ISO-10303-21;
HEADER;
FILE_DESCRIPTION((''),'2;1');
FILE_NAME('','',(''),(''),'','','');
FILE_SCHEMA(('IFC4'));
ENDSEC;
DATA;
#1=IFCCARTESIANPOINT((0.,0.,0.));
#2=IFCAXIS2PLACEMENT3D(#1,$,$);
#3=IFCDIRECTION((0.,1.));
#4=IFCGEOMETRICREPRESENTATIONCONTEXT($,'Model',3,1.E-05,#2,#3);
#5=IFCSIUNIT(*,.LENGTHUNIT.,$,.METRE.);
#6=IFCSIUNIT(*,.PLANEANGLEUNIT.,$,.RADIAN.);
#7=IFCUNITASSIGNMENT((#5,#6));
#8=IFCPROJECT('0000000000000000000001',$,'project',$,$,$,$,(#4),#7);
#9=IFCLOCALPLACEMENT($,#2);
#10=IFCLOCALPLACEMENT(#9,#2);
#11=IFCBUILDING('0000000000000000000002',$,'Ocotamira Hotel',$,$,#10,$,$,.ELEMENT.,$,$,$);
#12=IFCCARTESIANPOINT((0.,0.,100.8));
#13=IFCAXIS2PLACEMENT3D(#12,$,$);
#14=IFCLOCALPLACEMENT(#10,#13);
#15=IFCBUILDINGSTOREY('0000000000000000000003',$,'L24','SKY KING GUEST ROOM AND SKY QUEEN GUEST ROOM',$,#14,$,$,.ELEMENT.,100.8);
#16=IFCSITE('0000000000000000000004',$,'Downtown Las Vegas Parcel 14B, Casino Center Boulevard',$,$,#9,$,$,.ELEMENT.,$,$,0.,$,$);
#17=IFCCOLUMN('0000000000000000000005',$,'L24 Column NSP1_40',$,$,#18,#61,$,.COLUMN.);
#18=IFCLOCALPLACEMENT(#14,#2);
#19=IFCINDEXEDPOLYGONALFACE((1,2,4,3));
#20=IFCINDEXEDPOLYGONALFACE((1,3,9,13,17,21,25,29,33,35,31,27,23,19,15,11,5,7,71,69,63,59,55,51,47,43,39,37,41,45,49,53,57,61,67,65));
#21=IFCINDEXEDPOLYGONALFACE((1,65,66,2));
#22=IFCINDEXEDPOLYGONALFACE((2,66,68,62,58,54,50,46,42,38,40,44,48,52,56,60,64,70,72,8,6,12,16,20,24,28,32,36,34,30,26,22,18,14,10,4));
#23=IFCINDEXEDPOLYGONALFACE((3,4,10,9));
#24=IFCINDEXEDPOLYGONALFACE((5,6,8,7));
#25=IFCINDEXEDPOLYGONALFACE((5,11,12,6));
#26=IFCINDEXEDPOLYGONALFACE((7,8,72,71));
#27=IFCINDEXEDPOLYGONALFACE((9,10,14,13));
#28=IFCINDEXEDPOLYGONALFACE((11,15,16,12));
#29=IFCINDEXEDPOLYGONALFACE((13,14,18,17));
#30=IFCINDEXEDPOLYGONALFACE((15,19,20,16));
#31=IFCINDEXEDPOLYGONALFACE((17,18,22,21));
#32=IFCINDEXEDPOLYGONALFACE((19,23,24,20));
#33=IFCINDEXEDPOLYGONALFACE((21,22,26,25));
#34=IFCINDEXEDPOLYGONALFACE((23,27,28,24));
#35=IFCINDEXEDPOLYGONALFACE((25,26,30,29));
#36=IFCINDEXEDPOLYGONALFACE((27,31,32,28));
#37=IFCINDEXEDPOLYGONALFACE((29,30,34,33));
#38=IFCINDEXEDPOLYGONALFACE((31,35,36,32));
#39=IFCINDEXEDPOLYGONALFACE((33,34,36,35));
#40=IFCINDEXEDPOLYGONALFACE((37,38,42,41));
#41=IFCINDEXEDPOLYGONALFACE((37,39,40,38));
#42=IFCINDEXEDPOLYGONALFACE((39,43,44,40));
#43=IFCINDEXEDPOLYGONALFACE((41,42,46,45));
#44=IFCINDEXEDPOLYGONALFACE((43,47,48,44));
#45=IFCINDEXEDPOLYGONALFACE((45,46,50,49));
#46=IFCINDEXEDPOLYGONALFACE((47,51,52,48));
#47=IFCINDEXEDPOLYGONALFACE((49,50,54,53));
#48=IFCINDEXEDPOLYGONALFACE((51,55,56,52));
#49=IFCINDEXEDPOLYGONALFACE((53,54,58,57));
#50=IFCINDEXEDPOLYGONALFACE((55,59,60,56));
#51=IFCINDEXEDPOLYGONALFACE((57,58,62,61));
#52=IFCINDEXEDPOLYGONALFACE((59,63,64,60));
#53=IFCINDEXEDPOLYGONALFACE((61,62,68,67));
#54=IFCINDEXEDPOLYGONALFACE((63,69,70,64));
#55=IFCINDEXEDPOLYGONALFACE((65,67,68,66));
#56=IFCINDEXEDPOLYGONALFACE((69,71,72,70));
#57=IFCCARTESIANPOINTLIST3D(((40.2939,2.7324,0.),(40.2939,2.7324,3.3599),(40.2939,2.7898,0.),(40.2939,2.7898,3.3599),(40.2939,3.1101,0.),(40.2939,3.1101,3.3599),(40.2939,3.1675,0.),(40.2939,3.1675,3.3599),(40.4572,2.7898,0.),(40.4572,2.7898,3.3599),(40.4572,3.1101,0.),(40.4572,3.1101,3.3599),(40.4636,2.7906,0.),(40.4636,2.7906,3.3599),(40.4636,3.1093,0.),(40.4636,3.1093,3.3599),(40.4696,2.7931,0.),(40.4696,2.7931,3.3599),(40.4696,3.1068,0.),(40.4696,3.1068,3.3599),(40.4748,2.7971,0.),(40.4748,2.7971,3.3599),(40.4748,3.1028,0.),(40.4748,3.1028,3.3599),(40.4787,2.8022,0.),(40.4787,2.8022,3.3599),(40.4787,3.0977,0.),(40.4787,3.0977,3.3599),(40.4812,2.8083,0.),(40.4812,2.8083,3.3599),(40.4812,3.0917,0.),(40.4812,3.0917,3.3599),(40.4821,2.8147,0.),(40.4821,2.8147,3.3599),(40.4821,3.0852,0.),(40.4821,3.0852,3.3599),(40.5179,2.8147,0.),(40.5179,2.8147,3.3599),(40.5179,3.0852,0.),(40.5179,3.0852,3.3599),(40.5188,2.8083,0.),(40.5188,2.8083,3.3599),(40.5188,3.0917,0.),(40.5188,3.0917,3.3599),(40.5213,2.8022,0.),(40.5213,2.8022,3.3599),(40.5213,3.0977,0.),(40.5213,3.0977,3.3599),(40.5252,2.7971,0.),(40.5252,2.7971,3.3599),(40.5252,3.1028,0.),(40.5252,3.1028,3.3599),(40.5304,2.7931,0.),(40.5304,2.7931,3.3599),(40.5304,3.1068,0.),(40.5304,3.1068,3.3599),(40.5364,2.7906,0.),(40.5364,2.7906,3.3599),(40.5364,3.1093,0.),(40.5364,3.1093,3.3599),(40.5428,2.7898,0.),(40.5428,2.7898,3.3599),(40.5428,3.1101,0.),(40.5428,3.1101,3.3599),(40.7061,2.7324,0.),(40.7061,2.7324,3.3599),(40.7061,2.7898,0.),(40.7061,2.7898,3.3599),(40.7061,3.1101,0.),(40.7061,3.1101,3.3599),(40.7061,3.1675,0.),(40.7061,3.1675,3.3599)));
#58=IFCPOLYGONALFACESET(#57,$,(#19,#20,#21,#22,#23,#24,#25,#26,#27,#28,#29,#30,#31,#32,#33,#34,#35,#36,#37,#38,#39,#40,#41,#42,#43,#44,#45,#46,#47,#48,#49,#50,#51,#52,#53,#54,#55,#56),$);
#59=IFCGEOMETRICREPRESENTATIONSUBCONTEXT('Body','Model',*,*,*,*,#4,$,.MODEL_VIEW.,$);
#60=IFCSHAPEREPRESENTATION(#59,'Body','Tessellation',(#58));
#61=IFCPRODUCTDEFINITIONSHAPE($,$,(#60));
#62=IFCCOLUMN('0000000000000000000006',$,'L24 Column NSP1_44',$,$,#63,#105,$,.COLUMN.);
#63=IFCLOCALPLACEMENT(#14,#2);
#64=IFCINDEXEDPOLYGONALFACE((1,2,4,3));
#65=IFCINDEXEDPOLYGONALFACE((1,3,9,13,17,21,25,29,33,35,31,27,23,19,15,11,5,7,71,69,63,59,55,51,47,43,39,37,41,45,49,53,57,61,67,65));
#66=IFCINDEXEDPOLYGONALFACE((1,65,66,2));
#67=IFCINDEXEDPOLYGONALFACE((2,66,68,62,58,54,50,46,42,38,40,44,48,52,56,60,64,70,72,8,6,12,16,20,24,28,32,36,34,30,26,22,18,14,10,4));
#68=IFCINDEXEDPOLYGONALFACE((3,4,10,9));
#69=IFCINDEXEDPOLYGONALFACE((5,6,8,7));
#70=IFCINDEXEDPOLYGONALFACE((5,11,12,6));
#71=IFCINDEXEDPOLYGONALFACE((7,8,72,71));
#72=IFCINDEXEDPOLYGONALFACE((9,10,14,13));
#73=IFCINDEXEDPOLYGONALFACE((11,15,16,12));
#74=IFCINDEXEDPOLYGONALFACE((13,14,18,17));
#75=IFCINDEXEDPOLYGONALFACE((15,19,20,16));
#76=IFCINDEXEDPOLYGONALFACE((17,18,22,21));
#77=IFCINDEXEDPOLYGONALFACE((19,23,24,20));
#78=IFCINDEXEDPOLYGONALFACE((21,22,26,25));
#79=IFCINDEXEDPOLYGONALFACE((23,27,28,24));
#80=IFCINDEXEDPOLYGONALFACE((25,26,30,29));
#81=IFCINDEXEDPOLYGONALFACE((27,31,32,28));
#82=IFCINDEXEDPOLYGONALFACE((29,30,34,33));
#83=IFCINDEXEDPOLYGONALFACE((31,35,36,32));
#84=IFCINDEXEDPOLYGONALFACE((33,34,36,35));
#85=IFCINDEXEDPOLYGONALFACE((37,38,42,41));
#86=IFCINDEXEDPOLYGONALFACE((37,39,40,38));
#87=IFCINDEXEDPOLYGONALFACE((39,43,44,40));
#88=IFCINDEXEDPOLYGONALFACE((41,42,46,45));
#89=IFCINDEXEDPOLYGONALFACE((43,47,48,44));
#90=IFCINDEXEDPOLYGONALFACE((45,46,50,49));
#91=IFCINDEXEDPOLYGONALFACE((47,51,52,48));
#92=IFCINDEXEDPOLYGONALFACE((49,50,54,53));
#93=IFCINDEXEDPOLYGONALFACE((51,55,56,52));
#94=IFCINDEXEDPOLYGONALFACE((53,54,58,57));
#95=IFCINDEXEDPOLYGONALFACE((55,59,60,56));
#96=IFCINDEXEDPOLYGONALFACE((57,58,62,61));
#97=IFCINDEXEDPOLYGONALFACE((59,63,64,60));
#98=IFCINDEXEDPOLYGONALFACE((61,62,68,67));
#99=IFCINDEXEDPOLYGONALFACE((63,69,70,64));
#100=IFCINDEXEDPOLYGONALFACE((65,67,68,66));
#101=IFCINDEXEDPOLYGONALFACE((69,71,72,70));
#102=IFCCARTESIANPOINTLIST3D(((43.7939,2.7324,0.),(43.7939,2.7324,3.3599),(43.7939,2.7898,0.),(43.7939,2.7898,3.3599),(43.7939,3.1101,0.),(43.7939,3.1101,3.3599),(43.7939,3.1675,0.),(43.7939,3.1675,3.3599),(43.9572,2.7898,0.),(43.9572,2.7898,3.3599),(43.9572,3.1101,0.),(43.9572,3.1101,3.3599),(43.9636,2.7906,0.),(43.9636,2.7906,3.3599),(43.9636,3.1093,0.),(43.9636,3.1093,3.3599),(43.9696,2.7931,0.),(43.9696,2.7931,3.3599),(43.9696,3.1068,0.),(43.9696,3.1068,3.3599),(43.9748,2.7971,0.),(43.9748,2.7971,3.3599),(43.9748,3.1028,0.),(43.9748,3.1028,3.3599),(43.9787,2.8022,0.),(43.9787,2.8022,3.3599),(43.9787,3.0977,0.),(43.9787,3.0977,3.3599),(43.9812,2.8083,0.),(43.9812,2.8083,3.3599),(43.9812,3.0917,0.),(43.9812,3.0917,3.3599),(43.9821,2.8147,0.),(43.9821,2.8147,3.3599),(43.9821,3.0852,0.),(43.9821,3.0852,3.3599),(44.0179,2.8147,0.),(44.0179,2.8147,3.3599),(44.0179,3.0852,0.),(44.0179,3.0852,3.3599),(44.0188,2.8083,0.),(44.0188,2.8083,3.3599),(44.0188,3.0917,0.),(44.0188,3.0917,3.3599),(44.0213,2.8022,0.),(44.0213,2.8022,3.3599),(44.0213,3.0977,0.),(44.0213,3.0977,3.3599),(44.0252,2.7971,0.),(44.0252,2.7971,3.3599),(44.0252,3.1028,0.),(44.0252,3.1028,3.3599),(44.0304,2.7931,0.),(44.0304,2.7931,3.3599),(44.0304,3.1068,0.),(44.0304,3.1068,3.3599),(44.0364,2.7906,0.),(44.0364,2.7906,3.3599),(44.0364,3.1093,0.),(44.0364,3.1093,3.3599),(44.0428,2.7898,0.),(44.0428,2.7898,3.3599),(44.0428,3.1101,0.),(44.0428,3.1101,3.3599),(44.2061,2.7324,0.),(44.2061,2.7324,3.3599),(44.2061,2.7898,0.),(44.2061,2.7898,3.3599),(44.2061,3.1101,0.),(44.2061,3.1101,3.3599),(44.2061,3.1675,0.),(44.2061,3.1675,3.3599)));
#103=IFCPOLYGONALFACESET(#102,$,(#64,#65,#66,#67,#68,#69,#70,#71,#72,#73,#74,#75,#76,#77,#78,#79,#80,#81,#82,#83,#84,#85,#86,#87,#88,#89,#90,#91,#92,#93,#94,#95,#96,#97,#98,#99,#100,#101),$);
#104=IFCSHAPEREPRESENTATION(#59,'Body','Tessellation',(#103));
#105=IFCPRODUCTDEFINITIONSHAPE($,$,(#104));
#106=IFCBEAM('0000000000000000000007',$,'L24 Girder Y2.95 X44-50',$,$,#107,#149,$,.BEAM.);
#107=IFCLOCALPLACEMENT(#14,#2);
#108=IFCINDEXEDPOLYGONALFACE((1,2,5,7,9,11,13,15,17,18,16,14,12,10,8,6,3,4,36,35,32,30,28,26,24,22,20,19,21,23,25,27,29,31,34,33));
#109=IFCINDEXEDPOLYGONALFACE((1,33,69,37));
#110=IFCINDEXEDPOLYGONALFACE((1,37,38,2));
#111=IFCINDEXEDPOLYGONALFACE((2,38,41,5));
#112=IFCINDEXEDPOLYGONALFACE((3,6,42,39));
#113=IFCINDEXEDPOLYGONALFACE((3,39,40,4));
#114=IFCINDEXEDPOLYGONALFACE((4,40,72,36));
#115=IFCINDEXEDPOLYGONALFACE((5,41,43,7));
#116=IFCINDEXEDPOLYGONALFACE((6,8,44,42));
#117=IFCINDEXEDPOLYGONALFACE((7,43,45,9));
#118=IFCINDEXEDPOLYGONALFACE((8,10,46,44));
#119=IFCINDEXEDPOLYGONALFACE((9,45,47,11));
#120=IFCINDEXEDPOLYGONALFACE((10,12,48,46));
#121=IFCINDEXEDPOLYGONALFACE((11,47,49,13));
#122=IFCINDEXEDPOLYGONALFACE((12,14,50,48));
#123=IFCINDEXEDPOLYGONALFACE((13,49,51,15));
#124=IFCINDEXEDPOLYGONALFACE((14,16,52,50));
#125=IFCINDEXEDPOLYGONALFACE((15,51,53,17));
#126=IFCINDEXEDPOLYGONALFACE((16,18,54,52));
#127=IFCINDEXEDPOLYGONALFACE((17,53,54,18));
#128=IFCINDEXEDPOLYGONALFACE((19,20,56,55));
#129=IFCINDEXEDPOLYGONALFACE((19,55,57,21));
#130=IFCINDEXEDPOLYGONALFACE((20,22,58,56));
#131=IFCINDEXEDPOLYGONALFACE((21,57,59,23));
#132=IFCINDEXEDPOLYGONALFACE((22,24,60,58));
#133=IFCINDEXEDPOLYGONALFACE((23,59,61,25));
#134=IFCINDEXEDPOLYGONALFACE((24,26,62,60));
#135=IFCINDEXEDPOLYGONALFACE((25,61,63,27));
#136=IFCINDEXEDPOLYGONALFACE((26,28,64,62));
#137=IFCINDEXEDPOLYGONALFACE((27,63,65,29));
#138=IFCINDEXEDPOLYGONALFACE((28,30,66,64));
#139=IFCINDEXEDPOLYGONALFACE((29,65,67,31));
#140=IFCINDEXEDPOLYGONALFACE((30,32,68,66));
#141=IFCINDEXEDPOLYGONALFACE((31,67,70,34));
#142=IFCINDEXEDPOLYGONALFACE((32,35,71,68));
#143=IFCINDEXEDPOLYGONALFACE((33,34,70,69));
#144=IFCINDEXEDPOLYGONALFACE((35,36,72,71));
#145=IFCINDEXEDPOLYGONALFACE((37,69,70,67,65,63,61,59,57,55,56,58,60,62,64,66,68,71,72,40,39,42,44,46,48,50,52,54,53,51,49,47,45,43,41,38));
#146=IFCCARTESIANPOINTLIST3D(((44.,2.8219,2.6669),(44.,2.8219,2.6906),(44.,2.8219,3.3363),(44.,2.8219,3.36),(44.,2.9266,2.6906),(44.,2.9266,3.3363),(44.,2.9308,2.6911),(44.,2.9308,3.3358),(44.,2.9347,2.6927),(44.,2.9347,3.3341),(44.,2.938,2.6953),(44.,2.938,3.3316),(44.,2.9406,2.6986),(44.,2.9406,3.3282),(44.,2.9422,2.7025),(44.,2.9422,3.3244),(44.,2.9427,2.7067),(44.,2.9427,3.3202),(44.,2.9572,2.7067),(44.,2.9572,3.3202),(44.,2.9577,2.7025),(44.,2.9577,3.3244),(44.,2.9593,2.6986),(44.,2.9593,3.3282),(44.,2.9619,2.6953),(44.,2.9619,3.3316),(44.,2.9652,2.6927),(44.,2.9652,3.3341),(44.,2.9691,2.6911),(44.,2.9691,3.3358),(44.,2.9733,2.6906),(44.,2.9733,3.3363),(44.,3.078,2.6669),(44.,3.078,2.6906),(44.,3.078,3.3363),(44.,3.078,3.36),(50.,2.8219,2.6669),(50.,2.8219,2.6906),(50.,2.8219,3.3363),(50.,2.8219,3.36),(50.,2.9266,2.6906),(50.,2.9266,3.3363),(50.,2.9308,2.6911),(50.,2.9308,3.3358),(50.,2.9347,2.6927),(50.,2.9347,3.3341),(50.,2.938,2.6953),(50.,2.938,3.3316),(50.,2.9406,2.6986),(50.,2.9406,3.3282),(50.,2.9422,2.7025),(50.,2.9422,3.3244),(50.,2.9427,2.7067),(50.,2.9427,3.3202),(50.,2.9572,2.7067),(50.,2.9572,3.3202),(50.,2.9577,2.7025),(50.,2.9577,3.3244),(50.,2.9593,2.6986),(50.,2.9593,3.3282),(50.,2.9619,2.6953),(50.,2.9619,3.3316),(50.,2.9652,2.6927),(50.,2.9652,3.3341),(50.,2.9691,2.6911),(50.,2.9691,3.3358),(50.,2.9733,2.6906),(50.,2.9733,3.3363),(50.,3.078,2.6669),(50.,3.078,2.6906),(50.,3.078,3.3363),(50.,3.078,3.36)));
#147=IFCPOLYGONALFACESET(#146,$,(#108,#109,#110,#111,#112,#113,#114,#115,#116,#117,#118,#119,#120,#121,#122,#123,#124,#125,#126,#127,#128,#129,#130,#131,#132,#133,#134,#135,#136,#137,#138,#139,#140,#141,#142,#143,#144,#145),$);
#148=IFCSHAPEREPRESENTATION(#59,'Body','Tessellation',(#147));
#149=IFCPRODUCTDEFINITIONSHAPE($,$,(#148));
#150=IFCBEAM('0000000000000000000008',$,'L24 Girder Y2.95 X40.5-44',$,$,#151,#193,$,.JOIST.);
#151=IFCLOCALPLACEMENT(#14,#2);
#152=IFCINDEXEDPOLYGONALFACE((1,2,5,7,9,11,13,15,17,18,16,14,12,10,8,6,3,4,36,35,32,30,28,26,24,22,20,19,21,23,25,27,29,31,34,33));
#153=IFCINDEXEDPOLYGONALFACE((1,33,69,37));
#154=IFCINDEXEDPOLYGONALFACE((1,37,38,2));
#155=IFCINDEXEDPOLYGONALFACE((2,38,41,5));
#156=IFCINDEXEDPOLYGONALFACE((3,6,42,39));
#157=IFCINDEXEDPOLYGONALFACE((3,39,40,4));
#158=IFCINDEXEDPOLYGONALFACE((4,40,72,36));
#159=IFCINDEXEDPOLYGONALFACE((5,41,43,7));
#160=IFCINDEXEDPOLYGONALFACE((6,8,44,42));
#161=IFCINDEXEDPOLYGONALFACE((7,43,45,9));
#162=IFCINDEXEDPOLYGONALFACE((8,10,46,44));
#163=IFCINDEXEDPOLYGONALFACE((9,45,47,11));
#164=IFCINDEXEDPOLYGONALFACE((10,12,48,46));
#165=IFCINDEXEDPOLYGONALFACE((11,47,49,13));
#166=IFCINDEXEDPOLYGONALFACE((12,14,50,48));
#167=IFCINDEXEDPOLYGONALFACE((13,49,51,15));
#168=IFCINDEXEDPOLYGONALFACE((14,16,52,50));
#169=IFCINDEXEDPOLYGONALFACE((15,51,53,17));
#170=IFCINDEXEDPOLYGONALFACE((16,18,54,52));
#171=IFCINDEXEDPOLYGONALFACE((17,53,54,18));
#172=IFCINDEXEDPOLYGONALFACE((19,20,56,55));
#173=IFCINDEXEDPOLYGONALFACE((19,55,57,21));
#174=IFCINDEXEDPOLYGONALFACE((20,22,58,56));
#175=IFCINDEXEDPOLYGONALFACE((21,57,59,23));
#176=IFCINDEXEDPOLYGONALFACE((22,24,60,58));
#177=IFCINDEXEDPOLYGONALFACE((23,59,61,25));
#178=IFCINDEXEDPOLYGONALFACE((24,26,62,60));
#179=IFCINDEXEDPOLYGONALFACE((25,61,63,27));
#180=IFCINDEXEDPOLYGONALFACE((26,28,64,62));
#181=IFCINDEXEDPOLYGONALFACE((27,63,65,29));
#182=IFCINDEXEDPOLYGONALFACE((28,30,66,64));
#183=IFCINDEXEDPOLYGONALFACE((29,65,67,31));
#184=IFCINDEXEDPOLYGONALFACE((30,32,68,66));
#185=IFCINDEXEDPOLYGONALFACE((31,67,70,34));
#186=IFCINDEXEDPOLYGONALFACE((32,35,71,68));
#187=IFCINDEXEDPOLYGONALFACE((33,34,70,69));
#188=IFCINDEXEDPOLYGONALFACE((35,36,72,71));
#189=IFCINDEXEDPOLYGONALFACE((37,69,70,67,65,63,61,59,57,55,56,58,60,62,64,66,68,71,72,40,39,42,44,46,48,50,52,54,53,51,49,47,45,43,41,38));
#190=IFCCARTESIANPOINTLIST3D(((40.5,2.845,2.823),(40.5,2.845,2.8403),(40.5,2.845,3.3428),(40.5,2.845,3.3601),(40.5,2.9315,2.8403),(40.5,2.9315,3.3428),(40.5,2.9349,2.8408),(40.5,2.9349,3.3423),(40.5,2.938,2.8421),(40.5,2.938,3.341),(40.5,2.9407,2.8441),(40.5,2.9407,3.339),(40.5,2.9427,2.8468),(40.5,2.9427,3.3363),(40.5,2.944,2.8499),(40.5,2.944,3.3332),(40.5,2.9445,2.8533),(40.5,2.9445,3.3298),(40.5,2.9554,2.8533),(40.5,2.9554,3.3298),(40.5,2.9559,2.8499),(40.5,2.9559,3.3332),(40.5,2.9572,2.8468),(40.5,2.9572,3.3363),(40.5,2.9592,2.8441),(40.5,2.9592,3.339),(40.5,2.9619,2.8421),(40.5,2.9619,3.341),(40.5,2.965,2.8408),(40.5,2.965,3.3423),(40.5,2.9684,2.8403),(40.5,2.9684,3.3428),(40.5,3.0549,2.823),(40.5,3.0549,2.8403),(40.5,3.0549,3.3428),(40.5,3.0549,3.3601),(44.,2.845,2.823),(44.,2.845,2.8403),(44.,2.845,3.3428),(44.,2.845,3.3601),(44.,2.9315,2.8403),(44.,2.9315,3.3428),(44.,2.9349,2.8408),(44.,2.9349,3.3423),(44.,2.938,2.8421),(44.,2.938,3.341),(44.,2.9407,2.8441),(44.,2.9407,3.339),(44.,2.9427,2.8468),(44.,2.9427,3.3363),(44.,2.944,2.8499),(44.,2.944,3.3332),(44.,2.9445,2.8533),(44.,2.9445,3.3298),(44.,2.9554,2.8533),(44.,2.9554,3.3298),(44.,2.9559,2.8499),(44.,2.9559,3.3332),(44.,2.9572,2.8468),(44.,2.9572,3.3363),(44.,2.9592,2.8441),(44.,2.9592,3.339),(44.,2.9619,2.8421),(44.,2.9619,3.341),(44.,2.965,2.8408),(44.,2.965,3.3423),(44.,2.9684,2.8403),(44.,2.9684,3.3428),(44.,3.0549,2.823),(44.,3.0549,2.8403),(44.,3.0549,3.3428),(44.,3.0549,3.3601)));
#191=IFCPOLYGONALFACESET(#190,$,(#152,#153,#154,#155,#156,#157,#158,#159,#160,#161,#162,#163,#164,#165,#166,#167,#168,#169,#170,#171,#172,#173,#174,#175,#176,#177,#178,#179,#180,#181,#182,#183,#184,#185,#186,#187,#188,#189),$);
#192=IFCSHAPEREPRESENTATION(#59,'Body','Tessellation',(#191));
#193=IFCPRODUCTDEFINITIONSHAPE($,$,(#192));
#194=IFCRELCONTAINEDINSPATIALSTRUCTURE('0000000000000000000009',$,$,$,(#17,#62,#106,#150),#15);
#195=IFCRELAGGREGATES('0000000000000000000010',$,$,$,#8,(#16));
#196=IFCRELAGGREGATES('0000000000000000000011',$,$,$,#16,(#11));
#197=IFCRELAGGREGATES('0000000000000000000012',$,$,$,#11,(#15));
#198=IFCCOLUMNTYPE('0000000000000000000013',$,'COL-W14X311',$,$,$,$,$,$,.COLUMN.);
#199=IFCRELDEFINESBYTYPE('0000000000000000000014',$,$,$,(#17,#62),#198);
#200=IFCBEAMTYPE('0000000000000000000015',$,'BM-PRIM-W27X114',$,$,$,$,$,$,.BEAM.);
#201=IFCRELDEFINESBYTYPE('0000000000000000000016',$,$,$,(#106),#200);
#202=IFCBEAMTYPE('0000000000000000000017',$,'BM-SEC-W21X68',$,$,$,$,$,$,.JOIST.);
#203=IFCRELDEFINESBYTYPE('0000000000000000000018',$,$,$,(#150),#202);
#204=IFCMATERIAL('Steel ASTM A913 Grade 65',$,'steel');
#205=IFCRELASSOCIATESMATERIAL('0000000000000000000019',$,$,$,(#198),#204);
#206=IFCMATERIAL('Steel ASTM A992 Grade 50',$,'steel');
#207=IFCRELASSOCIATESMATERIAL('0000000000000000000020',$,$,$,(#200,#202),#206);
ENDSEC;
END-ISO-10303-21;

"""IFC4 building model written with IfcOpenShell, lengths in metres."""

from ifc_helpers import new_model, si_unit, direction, frame, origin, origin_2d, place, context, subcontext, project, spatial, i_section, extrude, source, transform, mapped, material, material_profile, profile_set, type_object, element, save


model = new_model("IFC4")

# Units and contexts
model_context = context("Model", 3, precision=1e-05, world=origin(), true_north=direction((0.0, 1.0)))
body_context = subcontext(model_context, "Body", "Model", "MODEL_VIEW")
ifc_project = project(units=[si_unit("LENGTHUNIT", "METRE"), si_unit("PLANEANGLEUNIT", "RADIAN")], contexts=[model_context])

# Site, building, storey
site_placement = place(None, origin())
site = spatial("IfcSite", under=ifc_project, at=site_placement, Name="Downtown Las Vegas Parcel 14B, Casino Center Boulevard", CompositionType="ELEMENT", RefElevation=0.0)
building_placement = place(site_placement, origin())
building = spatial("IfcBuilding", under=site, at=building_placement, Name="Ocotamira Hotel", CompositionType="ELEMENT")
storey_placement = place(building_placement, frame((0.0, 0.0, 100.8)))
storey = spatial("IfcBuildingStorey", under=building, at=storey_placement, Name="L24", Description="SKY KING GUEST ROOM AND SKY QUEEN GUEST ROOM", CompositionType="ELEMENT", Elevation=100.8)

# Columns
ifc_material_1 = material(Name="Steel ASTM A913 Grade 65", Category="steel")
ifc_material_profile_1 = material_profile(ifc_material_1, i_section(OverallWidth=0.4121, OverallDepth=0.4351, WebThickness=0.0359, FlangeThickness=0.0574, FilletRadius=0.0249, at=origin_2d()), Name="W14X311")
ifc_profile_set_1 = profile_set([ifc_material_profile_1], Name="Steel ASTM A913 Grade 65")
column_type = type_object("IfcColumnType", Name="COL-W14X311", PredefinedType="COLUMN", material=ifc_profile_set_1)
shared_shape_1 = source(origin(), body_context, "Body", "SweptSolid", [
    extrude(i_section(OverallWidth=0.4121, OverallDepth=0.4351, WebThickness=0.0359, FlangeThickness=0.0574, FilletRadius=0.0249, at=origin_2d()), origin(), (0.0, 0.0, 1.0), 3.3599),
])
for number, where, z_axis, x_axis, name in (
    (1, (40.5, 2.95, 0.0), (0.0, 0.0, 1.0), (1.0, 0.0, 0.0), "L24 Column NSP1_40"),
    (2, (44.0, 2.95, 0.0), (0.0, 0.0, 1.0), (1.0, 0.0, 0.0), "L24 Column NSP1_44"),
):
    element("IfcColumn", number, at=place(storey_placement, frame(where, z_axis=z_axis, x_axis=x_axis)), inside=storey, type_object=column_type, Name=name, PredefinedType="COLUMN", context=body_context, shape_type="MappedRepresentation", body=[
        mapped(shared_shape_1, transform((0.0, 0.0, 0.0), scale=1.0)),
    ])

# Beams
ifc_material_2 = material(Name="Steel ASTM A992 Grade 50", Category="steel")
ifc_material_profile_2 = material_profile(ifc_material_2, i_section(OverallWidth=0.2561, OverallDepth=0.6931, WebThickness=0.0144, FlangeThickness=0.0237, FilletRadius=0.0161, at=origin_2d()), Name="W27X114")
ifc_profile_set_2 = profile_set([ifc_material_profile_2], Name="Steel ASTM A992 Grade 50")
beam_type_1 = type_object("IfcBeamType", Name="BM-PRIM-W27X114", PredefinedType="BEAM", material=ifc_profile_set_2)
shared_shape_2 = source(origin(), body_context, "Body", "SweptSolid", [
    extrude(i_section(OverallWidth=0.2561, OverallDepth=0.6931, WebThickness=0.0144, FlangeThickness=0.0237, FilletRadius=0.0161, at=origin_2d()), origin(), (0.0, 0.0, 1.0), 6.0),
])
beam_1_placement = place(storey_placement, frame((44.0, 2.95, 3.0134), z_axis=(1.0, 0.0, 0.0), x_axis=(0.0, 1.0, 0.0)))
element("IfcBeam", 3, at=beam_1_placement, inside=storey, type_object=beam_type_1, Name="L24 Girder Y2.95 X44-50", PredefinedType="BEAM", context=body_context, shape_type="MappedRepresentation", body=[
    mapped(shared_shape_2, transform((0.0, 0.0, 0.0), scale=1.0)),
])
ifc_material_profile_3 = material_profile(ifc_material_2, i_section(OverallWidth=0.21, OverallDepth=0.5371, WebThickness=0.011, FlangeThickness=0.0173, FilletRadius=0.0129, at=origin_2d()), Name="W21X68")
ifc_profile_set_3 = profile_set([ifc_material_profile_3], Name="Steel ASTM A992 Grade 50")
beam_type_2 = type_object("IfcBeamType", Name="BM-SEC-W21X68", PredefinedType="JOIST", material=ifc_profile_set_3)
shared_shape_3 = source(origin(), body_context, "Body", "SweptSolid", [
    extrude(i_section(OverallWidth=0.21, OverallDepth=0.5371, WebThickness=0.011, FlangeThickness=0.0173, FilletRadius=0.0129, at=origin_2d()), origin(), (0.0, 0.0, 1.0), 3.5),
])
beam_2_placement = place(storey_placement, frame((40.5, 2.95, 3.0916), z_axis=(1.0, 0.0, 0.0), x_axis=(0.0, 1.0, 0.0)))
element("IfcBeam", 4, at=beam_2_placement, inside=storey, type_object=beam_type_2, Name="L24 Girder Y2.95 X40.5-44", PredefinedType="JOIST", context=body_context, shape_type="MappedRepresentation", body=[
    mapped(shared_shape_3, transform((0.0, 0.0, 0.0), scale=1.0)),
])

save(model, "model.ifc")
